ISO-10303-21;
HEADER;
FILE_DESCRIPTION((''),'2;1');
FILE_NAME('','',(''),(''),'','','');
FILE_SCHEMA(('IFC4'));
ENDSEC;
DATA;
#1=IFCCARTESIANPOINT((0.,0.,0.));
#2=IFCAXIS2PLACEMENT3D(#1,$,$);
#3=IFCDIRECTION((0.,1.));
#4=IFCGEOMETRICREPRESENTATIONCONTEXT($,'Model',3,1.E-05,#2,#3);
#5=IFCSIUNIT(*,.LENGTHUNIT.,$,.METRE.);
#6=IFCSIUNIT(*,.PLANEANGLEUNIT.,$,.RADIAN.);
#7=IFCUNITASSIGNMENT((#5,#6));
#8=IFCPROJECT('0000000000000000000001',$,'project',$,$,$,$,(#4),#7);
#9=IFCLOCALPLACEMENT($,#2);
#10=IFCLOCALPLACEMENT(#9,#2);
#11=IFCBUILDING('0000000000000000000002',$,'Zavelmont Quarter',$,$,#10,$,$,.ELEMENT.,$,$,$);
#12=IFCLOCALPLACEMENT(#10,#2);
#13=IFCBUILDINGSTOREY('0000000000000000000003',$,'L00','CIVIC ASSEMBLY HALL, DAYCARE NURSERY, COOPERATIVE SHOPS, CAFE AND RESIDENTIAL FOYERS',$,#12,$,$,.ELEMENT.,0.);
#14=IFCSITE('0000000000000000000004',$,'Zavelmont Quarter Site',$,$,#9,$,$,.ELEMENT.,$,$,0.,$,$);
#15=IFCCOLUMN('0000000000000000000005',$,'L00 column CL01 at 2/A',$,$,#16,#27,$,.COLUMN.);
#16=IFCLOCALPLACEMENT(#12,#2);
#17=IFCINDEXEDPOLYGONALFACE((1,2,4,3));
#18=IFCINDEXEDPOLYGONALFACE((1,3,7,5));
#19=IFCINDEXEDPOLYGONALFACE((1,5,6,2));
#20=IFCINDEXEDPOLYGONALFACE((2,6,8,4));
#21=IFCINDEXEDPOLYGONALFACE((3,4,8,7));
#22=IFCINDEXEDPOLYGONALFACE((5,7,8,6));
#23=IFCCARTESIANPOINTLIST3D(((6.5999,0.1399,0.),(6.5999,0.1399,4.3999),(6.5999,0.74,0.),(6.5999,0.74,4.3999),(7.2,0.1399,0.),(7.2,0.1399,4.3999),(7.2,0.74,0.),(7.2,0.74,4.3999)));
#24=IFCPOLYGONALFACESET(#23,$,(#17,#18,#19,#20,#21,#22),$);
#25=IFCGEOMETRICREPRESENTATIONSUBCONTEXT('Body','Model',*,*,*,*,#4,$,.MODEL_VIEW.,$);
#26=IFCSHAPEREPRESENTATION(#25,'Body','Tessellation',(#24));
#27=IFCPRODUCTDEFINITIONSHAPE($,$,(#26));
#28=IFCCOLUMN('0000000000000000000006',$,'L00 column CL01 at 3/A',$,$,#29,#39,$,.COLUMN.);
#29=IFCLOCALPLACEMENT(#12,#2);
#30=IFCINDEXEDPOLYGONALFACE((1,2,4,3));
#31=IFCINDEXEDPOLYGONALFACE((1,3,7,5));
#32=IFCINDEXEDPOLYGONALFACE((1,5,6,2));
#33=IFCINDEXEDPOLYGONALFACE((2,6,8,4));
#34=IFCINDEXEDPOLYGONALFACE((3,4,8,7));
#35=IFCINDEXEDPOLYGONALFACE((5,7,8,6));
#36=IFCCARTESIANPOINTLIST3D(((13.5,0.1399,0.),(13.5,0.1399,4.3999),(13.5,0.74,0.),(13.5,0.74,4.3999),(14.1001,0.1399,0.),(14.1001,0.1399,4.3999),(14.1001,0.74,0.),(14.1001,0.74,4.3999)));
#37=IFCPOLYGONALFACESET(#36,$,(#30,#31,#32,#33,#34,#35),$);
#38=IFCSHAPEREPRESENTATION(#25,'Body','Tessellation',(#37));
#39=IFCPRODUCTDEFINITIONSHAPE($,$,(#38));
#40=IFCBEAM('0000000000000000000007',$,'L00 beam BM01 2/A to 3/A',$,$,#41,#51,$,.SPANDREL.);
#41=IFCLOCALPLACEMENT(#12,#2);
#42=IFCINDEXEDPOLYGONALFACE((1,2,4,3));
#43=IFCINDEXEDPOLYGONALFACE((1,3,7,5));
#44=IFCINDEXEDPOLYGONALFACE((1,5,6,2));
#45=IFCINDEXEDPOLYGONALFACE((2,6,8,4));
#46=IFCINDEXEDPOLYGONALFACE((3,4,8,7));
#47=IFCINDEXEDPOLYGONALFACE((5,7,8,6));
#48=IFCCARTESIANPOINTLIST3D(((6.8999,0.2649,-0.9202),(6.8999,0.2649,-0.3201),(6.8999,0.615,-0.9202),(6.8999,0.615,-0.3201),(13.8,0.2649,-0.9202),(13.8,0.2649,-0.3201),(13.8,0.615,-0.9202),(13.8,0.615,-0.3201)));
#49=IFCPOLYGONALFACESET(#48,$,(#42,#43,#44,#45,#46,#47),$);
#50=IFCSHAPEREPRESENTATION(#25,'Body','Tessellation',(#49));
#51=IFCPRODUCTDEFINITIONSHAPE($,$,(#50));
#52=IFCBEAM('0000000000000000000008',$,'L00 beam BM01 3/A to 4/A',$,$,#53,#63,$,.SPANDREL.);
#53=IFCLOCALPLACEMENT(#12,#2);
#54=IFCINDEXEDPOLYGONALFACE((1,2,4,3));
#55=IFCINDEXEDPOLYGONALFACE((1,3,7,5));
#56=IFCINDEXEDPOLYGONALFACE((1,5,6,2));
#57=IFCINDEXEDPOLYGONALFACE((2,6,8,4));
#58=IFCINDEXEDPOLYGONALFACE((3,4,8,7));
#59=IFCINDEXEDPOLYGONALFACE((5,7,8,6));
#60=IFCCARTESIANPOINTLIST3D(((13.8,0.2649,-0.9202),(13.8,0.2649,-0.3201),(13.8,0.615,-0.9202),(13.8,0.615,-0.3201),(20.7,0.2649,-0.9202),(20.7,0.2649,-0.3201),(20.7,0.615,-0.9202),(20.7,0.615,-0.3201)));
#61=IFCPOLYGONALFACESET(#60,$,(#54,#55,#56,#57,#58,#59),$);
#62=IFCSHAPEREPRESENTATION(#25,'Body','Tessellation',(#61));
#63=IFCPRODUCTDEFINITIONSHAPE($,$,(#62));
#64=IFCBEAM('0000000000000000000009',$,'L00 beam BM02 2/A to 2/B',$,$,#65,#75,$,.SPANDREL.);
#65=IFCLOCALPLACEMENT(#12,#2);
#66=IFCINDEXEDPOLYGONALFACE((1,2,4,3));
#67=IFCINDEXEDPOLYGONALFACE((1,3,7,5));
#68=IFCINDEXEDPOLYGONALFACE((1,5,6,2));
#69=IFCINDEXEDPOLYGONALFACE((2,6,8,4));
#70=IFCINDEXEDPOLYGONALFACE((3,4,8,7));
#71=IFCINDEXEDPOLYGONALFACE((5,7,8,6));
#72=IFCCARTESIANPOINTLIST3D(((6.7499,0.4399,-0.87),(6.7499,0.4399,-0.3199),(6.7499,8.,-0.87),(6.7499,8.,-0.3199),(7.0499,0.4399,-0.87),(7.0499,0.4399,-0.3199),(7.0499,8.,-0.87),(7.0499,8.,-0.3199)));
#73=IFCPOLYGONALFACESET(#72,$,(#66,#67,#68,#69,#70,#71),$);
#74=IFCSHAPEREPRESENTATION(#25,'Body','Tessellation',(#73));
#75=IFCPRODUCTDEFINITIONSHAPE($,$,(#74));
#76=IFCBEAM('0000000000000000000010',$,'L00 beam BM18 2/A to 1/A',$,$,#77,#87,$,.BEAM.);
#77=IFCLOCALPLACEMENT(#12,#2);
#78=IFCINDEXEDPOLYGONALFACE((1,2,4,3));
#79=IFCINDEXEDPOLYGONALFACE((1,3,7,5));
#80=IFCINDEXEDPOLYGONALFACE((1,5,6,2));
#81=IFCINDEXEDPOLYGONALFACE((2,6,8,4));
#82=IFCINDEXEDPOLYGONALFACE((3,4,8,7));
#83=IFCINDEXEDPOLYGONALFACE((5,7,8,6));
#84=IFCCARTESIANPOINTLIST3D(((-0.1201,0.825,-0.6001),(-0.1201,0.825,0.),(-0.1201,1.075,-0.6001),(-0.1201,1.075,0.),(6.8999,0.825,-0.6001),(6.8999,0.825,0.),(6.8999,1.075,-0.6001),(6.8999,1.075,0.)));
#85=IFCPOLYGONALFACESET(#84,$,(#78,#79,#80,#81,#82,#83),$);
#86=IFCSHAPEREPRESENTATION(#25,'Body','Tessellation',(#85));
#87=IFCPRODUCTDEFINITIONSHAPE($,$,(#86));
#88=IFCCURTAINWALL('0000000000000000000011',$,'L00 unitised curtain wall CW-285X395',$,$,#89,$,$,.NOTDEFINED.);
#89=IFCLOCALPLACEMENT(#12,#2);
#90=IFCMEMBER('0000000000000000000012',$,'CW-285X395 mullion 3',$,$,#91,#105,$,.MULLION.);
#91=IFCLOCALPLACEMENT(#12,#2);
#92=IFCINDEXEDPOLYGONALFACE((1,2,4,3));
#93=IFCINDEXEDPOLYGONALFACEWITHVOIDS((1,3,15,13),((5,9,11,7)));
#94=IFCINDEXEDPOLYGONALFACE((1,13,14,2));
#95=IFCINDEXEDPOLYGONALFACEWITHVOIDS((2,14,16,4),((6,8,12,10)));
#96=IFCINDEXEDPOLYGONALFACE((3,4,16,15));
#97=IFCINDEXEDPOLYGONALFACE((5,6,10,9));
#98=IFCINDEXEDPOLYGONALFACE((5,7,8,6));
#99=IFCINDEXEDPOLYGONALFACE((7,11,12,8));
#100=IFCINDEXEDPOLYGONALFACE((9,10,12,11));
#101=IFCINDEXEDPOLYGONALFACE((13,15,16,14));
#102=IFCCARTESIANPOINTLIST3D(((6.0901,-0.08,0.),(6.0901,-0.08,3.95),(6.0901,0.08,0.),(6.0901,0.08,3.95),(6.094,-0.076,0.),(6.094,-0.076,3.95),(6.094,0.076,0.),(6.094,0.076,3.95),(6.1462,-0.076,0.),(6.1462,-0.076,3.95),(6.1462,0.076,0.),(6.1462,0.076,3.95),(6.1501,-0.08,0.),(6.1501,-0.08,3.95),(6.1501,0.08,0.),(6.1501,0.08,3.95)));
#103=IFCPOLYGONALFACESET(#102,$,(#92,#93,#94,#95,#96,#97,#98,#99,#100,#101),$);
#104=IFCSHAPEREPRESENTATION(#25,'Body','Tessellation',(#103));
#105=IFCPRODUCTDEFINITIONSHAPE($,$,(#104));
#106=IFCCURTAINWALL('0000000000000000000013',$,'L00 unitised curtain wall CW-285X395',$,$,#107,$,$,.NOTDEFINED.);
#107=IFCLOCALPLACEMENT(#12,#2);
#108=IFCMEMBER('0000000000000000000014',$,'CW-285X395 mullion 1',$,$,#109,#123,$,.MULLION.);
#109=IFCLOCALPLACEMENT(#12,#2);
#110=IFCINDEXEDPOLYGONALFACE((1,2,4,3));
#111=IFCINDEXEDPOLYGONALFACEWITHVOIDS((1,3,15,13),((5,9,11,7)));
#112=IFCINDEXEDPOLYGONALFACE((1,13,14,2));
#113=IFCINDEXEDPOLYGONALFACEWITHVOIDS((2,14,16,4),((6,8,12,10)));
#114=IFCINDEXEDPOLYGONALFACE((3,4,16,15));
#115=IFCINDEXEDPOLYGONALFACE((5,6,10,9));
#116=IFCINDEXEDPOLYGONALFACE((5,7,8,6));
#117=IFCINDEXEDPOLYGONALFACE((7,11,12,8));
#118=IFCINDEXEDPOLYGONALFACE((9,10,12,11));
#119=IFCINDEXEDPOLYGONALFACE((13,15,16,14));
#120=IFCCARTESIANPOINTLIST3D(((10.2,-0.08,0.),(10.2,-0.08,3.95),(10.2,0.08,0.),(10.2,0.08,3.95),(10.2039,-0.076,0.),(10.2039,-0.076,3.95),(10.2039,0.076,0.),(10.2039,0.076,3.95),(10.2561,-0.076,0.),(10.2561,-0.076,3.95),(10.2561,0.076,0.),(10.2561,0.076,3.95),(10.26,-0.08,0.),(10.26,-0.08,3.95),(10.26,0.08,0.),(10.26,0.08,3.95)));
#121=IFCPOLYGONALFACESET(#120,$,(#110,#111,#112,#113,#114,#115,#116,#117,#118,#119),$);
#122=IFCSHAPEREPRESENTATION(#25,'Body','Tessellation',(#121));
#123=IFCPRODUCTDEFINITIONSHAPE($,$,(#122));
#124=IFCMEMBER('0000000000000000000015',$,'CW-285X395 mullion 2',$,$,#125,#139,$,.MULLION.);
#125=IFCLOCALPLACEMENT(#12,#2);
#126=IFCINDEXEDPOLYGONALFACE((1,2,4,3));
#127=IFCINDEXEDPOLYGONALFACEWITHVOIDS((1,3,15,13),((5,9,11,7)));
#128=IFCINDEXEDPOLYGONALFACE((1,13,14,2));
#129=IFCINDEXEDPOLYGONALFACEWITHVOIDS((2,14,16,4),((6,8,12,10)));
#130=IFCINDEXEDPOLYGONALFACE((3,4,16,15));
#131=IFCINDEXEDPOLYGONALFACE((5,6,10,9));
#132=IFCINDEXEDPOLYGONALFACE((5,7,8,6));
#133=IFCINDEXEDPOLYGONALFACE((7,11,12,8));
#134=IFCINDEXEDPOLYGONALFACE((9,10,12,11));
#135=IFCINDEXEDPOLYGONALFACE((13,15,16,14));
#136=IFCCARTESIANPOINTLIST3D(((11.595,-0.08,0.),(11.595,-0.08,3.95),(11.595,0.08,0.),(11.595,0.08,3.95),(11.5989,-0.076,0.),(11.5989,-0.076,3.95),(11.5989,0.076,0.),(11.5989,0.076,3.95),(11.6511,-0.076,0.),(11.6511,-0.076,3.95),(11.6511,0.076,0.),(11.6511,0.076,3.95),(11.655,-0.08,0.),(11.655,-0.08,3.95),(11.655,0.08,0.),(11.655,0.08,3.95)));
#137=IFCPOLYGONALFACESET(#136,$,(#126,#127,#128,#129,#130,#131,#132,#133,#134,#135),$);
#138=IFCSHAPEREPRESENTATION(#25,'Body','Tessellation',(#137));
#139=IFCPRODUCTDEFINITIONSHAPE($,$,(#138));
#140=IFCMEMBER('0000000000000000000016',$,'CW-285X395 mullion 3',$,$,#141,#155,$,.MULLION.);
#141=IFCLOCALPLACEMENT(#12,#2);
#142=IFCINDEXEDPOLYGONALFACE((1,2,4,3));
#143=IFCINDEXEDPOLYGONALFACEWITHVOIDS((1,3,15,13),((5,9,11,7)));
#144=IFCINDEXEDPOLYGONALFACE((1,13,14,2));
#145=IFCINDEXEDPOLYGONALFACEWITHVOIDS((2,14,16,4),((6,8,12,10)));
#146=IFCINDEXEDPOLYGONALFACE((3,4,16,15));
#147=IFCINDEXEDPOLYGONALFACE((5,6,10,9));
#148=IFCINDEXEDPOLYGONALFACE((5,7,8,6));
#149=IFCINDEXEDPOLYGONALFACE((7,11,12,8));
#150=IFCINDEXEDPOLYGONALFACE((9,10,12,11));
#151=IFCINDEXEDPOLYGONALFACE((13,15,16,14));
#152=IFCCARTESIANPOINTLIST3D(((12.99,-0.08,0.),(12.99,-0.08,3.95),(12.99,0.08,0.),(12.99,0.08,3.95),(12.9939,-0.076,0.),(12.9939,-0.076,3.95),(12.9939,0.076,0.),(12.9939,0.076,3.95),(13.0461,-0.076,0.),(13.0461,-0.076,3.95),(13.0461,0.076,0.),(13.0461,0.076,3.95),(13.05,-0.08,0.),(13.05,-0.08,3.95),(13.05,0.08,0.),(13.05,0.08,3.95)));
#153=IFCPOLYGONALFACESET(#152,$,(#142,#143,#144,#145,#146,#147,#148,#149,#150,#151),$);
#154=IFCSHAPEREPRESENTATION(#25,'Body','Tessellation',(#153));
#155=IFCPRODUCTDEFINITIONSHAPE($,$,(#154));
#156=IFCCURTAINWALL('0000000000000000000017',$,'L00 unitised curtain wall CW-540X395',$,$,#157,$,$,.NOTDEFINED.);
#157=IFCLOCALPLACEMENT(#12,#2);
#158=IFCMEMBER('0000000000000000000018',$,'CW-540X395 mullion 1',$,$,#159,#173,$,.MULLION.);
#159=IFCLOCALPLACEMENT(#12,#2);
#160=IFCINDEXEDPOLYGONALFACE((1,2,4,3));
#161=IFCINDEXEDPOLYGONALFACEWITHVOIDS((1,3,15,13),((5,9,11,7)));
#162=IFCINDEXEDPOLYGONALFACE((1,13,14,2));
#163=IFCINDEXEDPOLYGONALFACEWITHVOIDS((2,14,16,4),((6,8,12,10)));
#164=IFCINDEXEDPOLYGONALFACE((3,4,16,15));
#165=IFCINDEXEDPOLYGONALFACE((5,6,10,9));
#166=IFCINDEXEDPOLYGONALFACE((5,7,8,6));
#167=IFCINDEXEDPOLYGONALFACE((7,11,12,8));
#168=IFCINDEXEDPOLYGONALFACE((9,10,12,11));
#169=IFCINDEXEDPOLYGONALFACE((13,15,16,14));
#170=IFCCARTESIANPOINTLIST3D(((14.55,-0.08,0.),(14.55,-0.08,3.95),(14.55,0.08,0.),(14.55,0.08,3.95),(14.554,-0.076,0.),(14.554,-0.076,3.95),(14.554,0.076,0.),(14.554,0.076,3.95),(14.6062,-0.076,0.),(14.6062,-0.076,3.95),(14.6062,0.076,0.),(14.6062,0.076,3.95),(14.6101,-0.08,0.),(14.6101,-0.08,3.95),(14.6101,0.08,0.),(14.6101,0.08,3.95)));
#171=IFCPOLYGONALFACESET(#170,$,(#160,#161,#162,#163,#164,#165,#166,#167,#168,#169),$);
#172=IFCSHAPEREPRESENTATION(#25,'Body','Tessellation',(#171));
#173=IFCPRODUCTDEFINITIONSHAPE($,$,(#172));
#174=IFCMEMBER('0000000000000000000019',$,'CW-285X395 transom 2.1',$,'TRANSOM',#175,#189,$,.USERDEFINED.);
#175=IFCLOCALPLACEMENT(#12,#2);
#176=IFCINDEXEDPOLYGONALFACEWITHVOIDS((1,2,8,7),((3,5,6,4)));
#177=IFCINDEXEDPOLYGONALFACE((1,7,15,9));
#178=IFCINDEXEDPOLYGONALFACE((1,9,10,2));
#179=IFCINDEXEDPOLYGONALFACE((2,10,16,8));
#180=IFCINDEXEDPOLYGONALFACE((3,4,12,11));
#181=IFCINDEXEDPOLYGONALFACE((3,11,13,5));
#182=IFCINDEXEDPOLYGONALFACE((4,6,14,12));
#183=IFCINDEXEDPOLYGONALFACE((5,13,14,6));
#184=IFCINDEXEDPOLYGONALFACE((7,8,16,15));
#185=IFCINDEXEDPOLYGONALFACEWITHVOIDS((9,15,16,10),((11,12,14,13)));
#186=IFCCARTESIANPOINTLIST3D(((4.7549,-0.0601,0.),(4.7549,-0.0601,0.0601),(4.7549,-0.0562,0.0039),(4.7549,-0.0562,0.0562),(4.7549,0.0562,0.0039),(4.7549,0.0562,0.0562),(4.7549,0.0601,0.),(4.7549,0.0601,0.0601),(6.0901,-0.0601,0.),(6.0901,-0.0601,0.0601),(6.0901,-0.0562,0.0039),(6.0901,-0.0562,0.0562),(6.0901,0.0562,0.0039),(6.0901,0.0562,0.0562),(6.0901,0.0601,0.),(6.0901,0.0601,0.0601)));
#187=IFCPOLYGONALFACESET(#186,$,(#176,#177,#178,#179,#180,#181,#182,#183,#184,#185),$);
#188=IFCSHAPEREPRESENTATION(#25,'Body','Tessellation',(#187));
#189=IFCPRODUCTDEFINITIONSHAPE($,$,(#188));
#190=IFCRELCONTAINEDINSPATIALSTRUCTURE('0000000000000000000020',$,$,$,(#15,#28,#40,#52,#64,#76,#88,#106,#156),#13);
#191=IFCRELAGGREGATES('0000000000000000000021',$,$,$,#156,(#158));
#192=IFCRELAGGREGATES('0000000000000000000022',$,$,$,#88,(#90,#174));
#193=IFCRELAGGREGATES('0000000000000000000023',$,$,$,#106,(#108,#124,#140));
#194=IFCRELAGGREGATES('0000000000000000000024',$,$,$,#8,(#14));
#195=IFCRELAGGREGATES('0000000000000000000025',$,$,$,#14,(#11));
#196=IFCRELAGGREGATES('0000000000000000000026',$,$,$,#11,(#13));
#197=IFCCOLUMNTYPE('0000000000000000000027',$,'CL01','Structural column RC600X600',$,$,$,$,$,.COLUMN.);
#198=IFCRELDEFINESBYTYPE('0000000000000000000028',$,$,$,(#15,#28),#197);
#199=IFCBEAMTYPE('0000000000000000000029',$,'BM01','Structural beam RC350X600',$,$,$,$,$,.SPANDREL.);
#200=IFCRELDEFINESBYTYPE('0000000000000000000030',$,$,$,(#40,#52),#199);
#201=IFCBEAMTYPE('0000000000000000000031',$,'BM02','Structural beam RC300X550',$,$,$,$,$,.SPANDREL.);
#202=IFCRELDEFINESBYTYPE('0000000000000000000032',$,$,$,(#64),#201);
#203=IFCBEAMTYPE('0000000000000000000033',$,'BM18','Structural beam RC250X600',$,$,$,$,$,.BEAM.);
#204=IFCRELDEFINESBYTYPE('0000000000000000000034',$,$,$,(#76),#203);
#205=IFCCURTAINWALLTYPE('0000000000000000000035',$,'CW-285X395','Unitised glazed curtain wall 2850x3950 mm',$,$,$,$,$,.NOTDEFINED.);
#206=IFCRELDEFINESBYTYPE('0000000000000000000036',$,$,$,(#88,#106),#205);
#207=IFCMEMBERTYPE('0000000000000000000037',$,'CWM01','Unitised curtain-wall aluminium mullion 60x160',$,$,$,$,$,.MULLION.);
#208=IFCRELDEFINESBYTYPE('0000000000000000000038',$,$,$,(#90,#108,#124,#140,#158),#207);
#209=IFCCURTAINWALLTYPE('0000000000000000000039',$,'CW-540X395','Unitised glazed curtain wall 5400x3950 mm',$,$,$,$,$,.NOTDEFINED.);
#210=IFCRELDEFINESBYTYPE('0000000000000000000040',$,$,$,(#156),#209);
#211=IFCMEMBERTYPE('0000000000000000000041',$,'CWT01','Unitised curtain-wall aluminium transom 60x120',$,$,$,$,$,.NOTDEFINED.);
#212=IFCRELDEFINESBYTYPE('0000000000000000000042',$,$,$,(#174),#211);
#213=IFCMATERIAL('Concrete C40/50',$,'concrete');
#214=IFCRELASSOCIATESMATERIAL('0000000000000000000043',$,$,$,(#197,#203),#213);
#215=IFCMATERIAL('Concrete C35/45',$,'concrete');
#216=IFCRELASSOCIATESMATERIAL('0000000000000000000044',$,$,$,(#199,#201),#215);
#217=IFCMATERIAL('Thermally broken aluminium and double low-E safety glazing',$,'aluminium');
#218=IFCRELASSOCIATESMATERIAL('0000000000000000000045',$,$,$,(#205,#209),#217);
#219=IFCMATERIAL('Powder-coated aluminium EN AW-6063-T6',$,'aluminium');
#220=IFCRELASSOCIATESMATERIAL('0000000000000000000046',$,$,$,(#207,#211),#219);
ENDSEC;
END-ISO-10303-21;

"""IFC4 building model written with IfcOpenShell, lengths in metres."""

from ifc_helpers import new_model, si_unit, direction, frame, origin, origin_2d, place, context, subcontext, project, spatial, rectangle, hollow_rectangle, extrude, material, material_profile, profile_set, type_object, element, aggregate, save


model = new_model("IFC4")

# Units and contexts
model_context = context("Model", 3, precision=1e-05, world=origin(), true_north=direction((0.0, 1.0)))
body_context = subcontext(model_context, "Body", "Model", "MODEL_VIEW")
ifc_project = project(units=[si_unit("LENGTHUNIT", "METRE"), si_unit("PLANEANGLEUNIT", "RADIAN")], contexts=[model_context])

# Site, building, storey
site_placement = place(None, origin())
site = spatial("IfcSite", under=ifc_project, at=site_placement, Name="Zavelmont Quarter Site", CompositionType="ELEMENT", RefElevation=0.0)
building_placement = place(site_placement, origin())
building = spatial("IfcBuilding", under=site, at=building_placement, Name="Zavelmont Quarter", CompositionType="ELEMENT")
storey_placement = place(building_placement, origin())
storey = spatial("IfcBuildingStorey", under=building, at=storey_placement, Name="L00", Description="CIVIC ASSEMBLY HALL, DAYCARE NURSERY, COOPERATIVE SHOPS, CAFE AND RESIDENTIAL FOYERS", CompositionType="ELEMENT", Elevation=0.0)

# Columns
ifc_material_1 = material(Name="Concrete C40/50", Category="concrete")
ifc_material_profile_1 = material_profile(ifc_material_1, rectangle(XDim=0.6001, YDim=0.6001, at=origin_2d()), Name="RC600X600")
ifc_profile_set_1 = profile_set([ifc_material_profile_1], Name="Concrete C40/50")
column_type = type_object("IfcColumnType", Name="CL01", Description="Structural column RC600X600", PredefinedType="COLUMN", material=ifc_profile_set_1)
for number, where, z_axis, x_axis, name in (
    (1, (6.8999, 0.4399, 0.0), (0.0, 0.0, 1.0), (1.0, 0.0, 0.0), "L00 column CL01 at 2/A"),
    (2, (13.8, 0.4399, 0.0), (0.0, 0.0, 1.0), (1.0, 0.0, 0.0), "L00 column CL01 at 3/A"),
):
    element("IfcColumn", number, at=place(storey_placement, frame(where, z_axis=z_axis, x_axis=x_axis)), inside=storey, type_object=column_type, Name=name, PredefinedType="COLUMN", context=body_context, shape_type="SweptSolid", body=[
        extrude(rectangle(XDim=0.6001, YDim=0.6001, at=origin_2d()), origin(), (0.0, 0.0, 1.0), 4.3999),
    ])

# Beams
ifc_material_2 = material(Name="Concrete C35/45", Category="concrete")
ifc_material_profile_2 = material_profile(ifc_material_2, rectangle(XDim=0.3501, YDim=0.6001, at=origin_2d()), Name="RC350X600")
ifc_profile_set_2 = profile_set([ifc_material_profile_2], Name="Concrete C35/45")
beam_type_1 = type_object("IfcBeamType", Name="BM01", Description="Structural beam RC350X600", PredefinedType="SPANDREL", material=ifc_profile_set_2)
beam_1_placement = place(storey_placement, frame((6.8999, 0.4399, -0.6201), z_axis=(1.0, 0.0, 0.0), x_axis=(0.0, 1.0, 0.0)))
element("IfcBeam", 3, at=beam_1_placement, inside=storey, type_object=beam_type_1, Name="L00 beam BM01 2/A to 3/A", PredefinedType="SPANDREL", context=body_context, shape_type="SweptSolid", body=[
    extrude(rectangle(XDim=0.3501, YDim=0.6001, at=origin_2d()), origin(), (0.0, 0.0, 1.0), 6.9001),
])
beam_2_placement = place(storey_placement, frame((13.8, 0.4399, -0.6201), z_axis=(1.0, 0.0, 0.0), x_axis=(0.0, 1.0, 0.0)))
element("IfcBeam", 4, at=beam_2_placement, inside=storey, type_object=beam_type_1, Name="L00 beam BM01 3/A to 4/A", PredefinedType="SPANDREL", context=body_context, shape_type="SweptSolid", body=[
    extrude(rectangle(XDim=0.3501, YDim=0.6001, at=origin_2d()), origin(), (0.0, 0.0, 1.0), 6.8999),
])
ifc_material_profile_3 = material_profile(ifc_material_2, rectangle(XDim=0.3, YDim=0.55, at=origin_2d()), Name="RC300X550")
ifc_profile_set_3 = profile_set([ifc_material_profile_3], Name="Concrete C35/45")
beam_type_2 = type_object("IfcBeamType", Name="BM02", Description="Structural beam RC300X550", PredefinedType="SPANDREL", material=ifc_profile_set_3)
beam_3_placement = place(storey_placement, frame((6.8999, 0.4399, -0.595), z_axis=(0.0, 1.0, 0.0), x_axis=(-1.0, 0.0, 0.0)))
element("IfcBeam", 5, at=beam_3_placement, inside=storey, type_object=beam_type_2, Name="L00 beam BM02 2/A to 2/B", PredefinedType="SPANDREL", context=body_context, shape_type="SweptSolid", body=[
    extrude(rectangle(XDim=0.3, YDim=0.55, at=origin_2d()), origin(), (0.0, 0.0, 1.0), 7.5601),
])
ifc_material_profile_4 = material_profile(ifc_material_1, rectangle(XDim=0.25, YDim=0.6001, at=origin_2d()), Name="RC250X600")
ifc_profile_set_4 = profile_set([ifc_material_profile_4], Name="Concrete C40/50")
beam_type_3 = type_object("IfcBeamType", Name="BM18", Description="Structural beam RC250X600", PredefinedType="BEAM", material=ifc_profile_set_4)
beam_4_placement = place(storey_placement, frame((6.8999, 0.95, -0.3), z_axis=(-1.0, 0.0, 0.0), x_axis=(0.0, -1.0, 0.0)))
element("IfcBeam", 6, at=beam_4_placement, inside=storey, type_object=beam_type_3, Name="L00 beam BM18 2/A to 1/A", PredefinedType="BEAM", context=body_context, shape_type="SweptSolid", body=[
    extrude(rectangle(XDim=0.25, YDim=0.6001, at=origin_2d()), origin(), (0.0, 0.0, 1.0), 7.02),
])

# Curtain wall, member
ifc_material_3 = material(Name="Thermally broken aluminium and double low-E safety glazing", Category="aluminium")
curtain_wall_type_1 = type_object("IfcCurtainWallType", Name="CW-285X395", Description="Unitised glazed curtain wall 2850x3950 mm", PredefinedType="NOTDEFINED", material=ifc_material_3)
curtain_wall_1_placement = place(storey_placement, origin())
curtain_wall_1 = element("IfcCurtainWall", 7, at=curtain_wall_1_placement, inside=storey, type_object=curtain_wall_type_1, Name="L00 unitised curtain wall CW-285X395", PredefinedType="NOTDEFINED")
ifc_material_4 = material(Name="Powder-coated aluminium EN AW-6063-T6", Category="aluminium")
ifc_material_profile_5 = material_profile(ifc_material_4, hollow_rectangle(XDim=0.0601, YDim=0.1599, WallThickness=0.0039, at=origin_2d()), Name="CWM60X160")
ifc_profile_set_5 = profile_set([ifc_material_profile_5], Name="Powder-coated aluminium EN AW-6063-T6")
member_type_1 = type_object("IfcMemberType", Name="CWM01", Description="Unitised curtain-wall aluminium mullion 60x160", PredefinedType="MULLION", material=ifc_profile_set_5)
member_1_placement = place(storey_placement, frame((6.1201, 0.0, 0.0), z_axis=(0.0, 0.0, 1.0), x_axis=(1.0, 0.0, 0.0)))
member_1 = element("IfcMember", 8, at=member_1_placement, type_object=member_type_1, Name="CW-285X395 mullion 3", PredefinedType="MULLION", context=body_context, shape_type="SweptSolid", body=[
    extrude(hollow_rectangle(XDim=0.0601, YDim=0.1599, WallThickness=0.0039, at=origin_2d()), origin(), (0.0, 0.0, 1.0), 3.95),
])

# Curtain wall, members
curtain_wall_2_placement = place(storey_placement, origin())
curtain_wall_2 = element("IfcCurtainWall", 9, at=curtain_wall_2_placement, inside=storey, type_object=curtain_wall_type_1, Name="L00 unitised curtain wall CW-285X395", PredefinedType="NOTDEFINED")
member_2_placement = place(storey_placement, frame((10.23, 0.0, 0.0), z_axis=(0.0, 0.0, 1.0), x_axis=(1.0, 0.0, 0.0)))
member_2 = element("IfcMember", 10, at=member_2_placement, type_object=member_type_1, Name="CW-285X395 mullion 1", PredefinedType="MULLION", context=body_context, shape_type="SweptSolid", body=[
    extrude(hollow_rectangle(XDim=0.0601, YDim=0.1599, WallThickness=0.0039, at=origin_2d()), origin(), (0.0, 0.0, 1.0), 3.95),
])
member_3_placement = place(storey_placement, frame((11.625, 0.0, 0.0), z_axis=(0.0, 0.0, 1.0), x_axis=(1.0, 0.0, 0.0)))
member_3 = element("IfcMember", 11, at=member_3_placement, type_object=member_type_1, Name="CW-285X395 mullion 2", PredefinedType="MULLION", context=body_context, shape_type="SweptSolid", body=[
    extrude(hollow_rectangle(XDim=0.0601, YDim=0.1599, WallThickness=0.0039, at=origin_2d()), origin(), (0.0, 0.0, 1.0), 3.95),
])
member_4_placement = place(storey_placement, frame((13.02, 0.0, 0.0), z_axis=(0.0, 0.0, 1.0), x_axis=(1.0, 0.0, 0.0)))
member_4 = element("IfcMember", 12, at=member_4_placement, type_object=member_type_1, Name="CW-285X395 mullion 3", PredefinedType="MULLION", context=body_context, shape_type="SweptSolid", body=[
    extrude(hollow_rectangle(XDim=0.0601, YDim=0.1599, WallThickness=0.0039, at=origin_2d()), origin(), (0.0, 0.0, 1.0), 3.95),
])

# Curtain wall, member
curtain_wall_type_2 = type_object("IfcCurtainWallType", Name="CW-540X395", Description="Unitised glazed curtain wall 5400x3950 mm", PredefinedType="NOTDEFINED", material=ifc_material_3)
curtain_wall_3_placement = place(storey_placement, origin())
curtain_wall_3 = element("IfcCurtainWall", 13, at=curtain_wall_3_placement, inside=storey, type_object=curtain_wall_type_2, Name="L00 unitised curtain wall CW-540X395", PredefinedType="NOTDEFINED")
member_5_placement = place(storey_placement, frame((14.5801, 0.0, 0.0), z_axis=(0.0, 0.0, 1.0), x_axis=(1.0, 0.0, 0.0)))
member_5 = element("IfcMember", 14, at=member_5_placement, type_object=member_type_1, Name="CW-540X395 mullion 1", PredefinedType="MULLION", context=body_context, shape_type="SweptSolid", body=[
    extrude(hollow_rectangle(XDim=0.0601, YDim=0.1599, WallThickness=0.0039, at=origin_2d()), origin(), (0.0, 0.0, 1.0), 3.95),
])
aggregate(curtain_wall_3, [member_5])

# Member
ifc_material_profile_6 = material_profile(ifc_material_4, hollow_rectangle(XDim=0.1201, YDim=0.0601, WallThickness=0.0039, at=origin_2d()), Name="CWT60X120")
ifc_profile_set_6 = profile_set([ifc_material_profile_6], Name="Powder-coated aluminium EN AW-6063-T6")
member_type_2 = type_object("IfcMemberType", Name="CWT01", Description="Unitised curtain-wall aluminium transom 60x120", PredefinedType="NOTDEFINED", material=ifc_profile_set_6)
member_6_placement = place(storey_placement, frame((4.7549, 0.0, 0.03), z_axis=(1.0, 0.0, 0.0), x_axis=(0.0, 1.0, 0.0)))
member_6 = element("IfcMember", 15, at=member_6_placement, type_object=member_type_2, Name="CW-285X395 transom 2.1", ObjectType="TRANSOM", PredefinedType="USERDEFINED", context=body_context, shape_type="SweptSolid", body=[
    extrude(hollow_rectangle(XDim=0.1201, YDim=0.0601, WallThickness=0.0039, at=origin_2d()), origin(), (0.0, 0.0, 1.0), 1.3352),
])

aggregate(curtain_wall_1, [member_1, member_6])
aggregate(curtain_wall_2, [member_2, member_3, member_4])

save(model, "model.ifc")
